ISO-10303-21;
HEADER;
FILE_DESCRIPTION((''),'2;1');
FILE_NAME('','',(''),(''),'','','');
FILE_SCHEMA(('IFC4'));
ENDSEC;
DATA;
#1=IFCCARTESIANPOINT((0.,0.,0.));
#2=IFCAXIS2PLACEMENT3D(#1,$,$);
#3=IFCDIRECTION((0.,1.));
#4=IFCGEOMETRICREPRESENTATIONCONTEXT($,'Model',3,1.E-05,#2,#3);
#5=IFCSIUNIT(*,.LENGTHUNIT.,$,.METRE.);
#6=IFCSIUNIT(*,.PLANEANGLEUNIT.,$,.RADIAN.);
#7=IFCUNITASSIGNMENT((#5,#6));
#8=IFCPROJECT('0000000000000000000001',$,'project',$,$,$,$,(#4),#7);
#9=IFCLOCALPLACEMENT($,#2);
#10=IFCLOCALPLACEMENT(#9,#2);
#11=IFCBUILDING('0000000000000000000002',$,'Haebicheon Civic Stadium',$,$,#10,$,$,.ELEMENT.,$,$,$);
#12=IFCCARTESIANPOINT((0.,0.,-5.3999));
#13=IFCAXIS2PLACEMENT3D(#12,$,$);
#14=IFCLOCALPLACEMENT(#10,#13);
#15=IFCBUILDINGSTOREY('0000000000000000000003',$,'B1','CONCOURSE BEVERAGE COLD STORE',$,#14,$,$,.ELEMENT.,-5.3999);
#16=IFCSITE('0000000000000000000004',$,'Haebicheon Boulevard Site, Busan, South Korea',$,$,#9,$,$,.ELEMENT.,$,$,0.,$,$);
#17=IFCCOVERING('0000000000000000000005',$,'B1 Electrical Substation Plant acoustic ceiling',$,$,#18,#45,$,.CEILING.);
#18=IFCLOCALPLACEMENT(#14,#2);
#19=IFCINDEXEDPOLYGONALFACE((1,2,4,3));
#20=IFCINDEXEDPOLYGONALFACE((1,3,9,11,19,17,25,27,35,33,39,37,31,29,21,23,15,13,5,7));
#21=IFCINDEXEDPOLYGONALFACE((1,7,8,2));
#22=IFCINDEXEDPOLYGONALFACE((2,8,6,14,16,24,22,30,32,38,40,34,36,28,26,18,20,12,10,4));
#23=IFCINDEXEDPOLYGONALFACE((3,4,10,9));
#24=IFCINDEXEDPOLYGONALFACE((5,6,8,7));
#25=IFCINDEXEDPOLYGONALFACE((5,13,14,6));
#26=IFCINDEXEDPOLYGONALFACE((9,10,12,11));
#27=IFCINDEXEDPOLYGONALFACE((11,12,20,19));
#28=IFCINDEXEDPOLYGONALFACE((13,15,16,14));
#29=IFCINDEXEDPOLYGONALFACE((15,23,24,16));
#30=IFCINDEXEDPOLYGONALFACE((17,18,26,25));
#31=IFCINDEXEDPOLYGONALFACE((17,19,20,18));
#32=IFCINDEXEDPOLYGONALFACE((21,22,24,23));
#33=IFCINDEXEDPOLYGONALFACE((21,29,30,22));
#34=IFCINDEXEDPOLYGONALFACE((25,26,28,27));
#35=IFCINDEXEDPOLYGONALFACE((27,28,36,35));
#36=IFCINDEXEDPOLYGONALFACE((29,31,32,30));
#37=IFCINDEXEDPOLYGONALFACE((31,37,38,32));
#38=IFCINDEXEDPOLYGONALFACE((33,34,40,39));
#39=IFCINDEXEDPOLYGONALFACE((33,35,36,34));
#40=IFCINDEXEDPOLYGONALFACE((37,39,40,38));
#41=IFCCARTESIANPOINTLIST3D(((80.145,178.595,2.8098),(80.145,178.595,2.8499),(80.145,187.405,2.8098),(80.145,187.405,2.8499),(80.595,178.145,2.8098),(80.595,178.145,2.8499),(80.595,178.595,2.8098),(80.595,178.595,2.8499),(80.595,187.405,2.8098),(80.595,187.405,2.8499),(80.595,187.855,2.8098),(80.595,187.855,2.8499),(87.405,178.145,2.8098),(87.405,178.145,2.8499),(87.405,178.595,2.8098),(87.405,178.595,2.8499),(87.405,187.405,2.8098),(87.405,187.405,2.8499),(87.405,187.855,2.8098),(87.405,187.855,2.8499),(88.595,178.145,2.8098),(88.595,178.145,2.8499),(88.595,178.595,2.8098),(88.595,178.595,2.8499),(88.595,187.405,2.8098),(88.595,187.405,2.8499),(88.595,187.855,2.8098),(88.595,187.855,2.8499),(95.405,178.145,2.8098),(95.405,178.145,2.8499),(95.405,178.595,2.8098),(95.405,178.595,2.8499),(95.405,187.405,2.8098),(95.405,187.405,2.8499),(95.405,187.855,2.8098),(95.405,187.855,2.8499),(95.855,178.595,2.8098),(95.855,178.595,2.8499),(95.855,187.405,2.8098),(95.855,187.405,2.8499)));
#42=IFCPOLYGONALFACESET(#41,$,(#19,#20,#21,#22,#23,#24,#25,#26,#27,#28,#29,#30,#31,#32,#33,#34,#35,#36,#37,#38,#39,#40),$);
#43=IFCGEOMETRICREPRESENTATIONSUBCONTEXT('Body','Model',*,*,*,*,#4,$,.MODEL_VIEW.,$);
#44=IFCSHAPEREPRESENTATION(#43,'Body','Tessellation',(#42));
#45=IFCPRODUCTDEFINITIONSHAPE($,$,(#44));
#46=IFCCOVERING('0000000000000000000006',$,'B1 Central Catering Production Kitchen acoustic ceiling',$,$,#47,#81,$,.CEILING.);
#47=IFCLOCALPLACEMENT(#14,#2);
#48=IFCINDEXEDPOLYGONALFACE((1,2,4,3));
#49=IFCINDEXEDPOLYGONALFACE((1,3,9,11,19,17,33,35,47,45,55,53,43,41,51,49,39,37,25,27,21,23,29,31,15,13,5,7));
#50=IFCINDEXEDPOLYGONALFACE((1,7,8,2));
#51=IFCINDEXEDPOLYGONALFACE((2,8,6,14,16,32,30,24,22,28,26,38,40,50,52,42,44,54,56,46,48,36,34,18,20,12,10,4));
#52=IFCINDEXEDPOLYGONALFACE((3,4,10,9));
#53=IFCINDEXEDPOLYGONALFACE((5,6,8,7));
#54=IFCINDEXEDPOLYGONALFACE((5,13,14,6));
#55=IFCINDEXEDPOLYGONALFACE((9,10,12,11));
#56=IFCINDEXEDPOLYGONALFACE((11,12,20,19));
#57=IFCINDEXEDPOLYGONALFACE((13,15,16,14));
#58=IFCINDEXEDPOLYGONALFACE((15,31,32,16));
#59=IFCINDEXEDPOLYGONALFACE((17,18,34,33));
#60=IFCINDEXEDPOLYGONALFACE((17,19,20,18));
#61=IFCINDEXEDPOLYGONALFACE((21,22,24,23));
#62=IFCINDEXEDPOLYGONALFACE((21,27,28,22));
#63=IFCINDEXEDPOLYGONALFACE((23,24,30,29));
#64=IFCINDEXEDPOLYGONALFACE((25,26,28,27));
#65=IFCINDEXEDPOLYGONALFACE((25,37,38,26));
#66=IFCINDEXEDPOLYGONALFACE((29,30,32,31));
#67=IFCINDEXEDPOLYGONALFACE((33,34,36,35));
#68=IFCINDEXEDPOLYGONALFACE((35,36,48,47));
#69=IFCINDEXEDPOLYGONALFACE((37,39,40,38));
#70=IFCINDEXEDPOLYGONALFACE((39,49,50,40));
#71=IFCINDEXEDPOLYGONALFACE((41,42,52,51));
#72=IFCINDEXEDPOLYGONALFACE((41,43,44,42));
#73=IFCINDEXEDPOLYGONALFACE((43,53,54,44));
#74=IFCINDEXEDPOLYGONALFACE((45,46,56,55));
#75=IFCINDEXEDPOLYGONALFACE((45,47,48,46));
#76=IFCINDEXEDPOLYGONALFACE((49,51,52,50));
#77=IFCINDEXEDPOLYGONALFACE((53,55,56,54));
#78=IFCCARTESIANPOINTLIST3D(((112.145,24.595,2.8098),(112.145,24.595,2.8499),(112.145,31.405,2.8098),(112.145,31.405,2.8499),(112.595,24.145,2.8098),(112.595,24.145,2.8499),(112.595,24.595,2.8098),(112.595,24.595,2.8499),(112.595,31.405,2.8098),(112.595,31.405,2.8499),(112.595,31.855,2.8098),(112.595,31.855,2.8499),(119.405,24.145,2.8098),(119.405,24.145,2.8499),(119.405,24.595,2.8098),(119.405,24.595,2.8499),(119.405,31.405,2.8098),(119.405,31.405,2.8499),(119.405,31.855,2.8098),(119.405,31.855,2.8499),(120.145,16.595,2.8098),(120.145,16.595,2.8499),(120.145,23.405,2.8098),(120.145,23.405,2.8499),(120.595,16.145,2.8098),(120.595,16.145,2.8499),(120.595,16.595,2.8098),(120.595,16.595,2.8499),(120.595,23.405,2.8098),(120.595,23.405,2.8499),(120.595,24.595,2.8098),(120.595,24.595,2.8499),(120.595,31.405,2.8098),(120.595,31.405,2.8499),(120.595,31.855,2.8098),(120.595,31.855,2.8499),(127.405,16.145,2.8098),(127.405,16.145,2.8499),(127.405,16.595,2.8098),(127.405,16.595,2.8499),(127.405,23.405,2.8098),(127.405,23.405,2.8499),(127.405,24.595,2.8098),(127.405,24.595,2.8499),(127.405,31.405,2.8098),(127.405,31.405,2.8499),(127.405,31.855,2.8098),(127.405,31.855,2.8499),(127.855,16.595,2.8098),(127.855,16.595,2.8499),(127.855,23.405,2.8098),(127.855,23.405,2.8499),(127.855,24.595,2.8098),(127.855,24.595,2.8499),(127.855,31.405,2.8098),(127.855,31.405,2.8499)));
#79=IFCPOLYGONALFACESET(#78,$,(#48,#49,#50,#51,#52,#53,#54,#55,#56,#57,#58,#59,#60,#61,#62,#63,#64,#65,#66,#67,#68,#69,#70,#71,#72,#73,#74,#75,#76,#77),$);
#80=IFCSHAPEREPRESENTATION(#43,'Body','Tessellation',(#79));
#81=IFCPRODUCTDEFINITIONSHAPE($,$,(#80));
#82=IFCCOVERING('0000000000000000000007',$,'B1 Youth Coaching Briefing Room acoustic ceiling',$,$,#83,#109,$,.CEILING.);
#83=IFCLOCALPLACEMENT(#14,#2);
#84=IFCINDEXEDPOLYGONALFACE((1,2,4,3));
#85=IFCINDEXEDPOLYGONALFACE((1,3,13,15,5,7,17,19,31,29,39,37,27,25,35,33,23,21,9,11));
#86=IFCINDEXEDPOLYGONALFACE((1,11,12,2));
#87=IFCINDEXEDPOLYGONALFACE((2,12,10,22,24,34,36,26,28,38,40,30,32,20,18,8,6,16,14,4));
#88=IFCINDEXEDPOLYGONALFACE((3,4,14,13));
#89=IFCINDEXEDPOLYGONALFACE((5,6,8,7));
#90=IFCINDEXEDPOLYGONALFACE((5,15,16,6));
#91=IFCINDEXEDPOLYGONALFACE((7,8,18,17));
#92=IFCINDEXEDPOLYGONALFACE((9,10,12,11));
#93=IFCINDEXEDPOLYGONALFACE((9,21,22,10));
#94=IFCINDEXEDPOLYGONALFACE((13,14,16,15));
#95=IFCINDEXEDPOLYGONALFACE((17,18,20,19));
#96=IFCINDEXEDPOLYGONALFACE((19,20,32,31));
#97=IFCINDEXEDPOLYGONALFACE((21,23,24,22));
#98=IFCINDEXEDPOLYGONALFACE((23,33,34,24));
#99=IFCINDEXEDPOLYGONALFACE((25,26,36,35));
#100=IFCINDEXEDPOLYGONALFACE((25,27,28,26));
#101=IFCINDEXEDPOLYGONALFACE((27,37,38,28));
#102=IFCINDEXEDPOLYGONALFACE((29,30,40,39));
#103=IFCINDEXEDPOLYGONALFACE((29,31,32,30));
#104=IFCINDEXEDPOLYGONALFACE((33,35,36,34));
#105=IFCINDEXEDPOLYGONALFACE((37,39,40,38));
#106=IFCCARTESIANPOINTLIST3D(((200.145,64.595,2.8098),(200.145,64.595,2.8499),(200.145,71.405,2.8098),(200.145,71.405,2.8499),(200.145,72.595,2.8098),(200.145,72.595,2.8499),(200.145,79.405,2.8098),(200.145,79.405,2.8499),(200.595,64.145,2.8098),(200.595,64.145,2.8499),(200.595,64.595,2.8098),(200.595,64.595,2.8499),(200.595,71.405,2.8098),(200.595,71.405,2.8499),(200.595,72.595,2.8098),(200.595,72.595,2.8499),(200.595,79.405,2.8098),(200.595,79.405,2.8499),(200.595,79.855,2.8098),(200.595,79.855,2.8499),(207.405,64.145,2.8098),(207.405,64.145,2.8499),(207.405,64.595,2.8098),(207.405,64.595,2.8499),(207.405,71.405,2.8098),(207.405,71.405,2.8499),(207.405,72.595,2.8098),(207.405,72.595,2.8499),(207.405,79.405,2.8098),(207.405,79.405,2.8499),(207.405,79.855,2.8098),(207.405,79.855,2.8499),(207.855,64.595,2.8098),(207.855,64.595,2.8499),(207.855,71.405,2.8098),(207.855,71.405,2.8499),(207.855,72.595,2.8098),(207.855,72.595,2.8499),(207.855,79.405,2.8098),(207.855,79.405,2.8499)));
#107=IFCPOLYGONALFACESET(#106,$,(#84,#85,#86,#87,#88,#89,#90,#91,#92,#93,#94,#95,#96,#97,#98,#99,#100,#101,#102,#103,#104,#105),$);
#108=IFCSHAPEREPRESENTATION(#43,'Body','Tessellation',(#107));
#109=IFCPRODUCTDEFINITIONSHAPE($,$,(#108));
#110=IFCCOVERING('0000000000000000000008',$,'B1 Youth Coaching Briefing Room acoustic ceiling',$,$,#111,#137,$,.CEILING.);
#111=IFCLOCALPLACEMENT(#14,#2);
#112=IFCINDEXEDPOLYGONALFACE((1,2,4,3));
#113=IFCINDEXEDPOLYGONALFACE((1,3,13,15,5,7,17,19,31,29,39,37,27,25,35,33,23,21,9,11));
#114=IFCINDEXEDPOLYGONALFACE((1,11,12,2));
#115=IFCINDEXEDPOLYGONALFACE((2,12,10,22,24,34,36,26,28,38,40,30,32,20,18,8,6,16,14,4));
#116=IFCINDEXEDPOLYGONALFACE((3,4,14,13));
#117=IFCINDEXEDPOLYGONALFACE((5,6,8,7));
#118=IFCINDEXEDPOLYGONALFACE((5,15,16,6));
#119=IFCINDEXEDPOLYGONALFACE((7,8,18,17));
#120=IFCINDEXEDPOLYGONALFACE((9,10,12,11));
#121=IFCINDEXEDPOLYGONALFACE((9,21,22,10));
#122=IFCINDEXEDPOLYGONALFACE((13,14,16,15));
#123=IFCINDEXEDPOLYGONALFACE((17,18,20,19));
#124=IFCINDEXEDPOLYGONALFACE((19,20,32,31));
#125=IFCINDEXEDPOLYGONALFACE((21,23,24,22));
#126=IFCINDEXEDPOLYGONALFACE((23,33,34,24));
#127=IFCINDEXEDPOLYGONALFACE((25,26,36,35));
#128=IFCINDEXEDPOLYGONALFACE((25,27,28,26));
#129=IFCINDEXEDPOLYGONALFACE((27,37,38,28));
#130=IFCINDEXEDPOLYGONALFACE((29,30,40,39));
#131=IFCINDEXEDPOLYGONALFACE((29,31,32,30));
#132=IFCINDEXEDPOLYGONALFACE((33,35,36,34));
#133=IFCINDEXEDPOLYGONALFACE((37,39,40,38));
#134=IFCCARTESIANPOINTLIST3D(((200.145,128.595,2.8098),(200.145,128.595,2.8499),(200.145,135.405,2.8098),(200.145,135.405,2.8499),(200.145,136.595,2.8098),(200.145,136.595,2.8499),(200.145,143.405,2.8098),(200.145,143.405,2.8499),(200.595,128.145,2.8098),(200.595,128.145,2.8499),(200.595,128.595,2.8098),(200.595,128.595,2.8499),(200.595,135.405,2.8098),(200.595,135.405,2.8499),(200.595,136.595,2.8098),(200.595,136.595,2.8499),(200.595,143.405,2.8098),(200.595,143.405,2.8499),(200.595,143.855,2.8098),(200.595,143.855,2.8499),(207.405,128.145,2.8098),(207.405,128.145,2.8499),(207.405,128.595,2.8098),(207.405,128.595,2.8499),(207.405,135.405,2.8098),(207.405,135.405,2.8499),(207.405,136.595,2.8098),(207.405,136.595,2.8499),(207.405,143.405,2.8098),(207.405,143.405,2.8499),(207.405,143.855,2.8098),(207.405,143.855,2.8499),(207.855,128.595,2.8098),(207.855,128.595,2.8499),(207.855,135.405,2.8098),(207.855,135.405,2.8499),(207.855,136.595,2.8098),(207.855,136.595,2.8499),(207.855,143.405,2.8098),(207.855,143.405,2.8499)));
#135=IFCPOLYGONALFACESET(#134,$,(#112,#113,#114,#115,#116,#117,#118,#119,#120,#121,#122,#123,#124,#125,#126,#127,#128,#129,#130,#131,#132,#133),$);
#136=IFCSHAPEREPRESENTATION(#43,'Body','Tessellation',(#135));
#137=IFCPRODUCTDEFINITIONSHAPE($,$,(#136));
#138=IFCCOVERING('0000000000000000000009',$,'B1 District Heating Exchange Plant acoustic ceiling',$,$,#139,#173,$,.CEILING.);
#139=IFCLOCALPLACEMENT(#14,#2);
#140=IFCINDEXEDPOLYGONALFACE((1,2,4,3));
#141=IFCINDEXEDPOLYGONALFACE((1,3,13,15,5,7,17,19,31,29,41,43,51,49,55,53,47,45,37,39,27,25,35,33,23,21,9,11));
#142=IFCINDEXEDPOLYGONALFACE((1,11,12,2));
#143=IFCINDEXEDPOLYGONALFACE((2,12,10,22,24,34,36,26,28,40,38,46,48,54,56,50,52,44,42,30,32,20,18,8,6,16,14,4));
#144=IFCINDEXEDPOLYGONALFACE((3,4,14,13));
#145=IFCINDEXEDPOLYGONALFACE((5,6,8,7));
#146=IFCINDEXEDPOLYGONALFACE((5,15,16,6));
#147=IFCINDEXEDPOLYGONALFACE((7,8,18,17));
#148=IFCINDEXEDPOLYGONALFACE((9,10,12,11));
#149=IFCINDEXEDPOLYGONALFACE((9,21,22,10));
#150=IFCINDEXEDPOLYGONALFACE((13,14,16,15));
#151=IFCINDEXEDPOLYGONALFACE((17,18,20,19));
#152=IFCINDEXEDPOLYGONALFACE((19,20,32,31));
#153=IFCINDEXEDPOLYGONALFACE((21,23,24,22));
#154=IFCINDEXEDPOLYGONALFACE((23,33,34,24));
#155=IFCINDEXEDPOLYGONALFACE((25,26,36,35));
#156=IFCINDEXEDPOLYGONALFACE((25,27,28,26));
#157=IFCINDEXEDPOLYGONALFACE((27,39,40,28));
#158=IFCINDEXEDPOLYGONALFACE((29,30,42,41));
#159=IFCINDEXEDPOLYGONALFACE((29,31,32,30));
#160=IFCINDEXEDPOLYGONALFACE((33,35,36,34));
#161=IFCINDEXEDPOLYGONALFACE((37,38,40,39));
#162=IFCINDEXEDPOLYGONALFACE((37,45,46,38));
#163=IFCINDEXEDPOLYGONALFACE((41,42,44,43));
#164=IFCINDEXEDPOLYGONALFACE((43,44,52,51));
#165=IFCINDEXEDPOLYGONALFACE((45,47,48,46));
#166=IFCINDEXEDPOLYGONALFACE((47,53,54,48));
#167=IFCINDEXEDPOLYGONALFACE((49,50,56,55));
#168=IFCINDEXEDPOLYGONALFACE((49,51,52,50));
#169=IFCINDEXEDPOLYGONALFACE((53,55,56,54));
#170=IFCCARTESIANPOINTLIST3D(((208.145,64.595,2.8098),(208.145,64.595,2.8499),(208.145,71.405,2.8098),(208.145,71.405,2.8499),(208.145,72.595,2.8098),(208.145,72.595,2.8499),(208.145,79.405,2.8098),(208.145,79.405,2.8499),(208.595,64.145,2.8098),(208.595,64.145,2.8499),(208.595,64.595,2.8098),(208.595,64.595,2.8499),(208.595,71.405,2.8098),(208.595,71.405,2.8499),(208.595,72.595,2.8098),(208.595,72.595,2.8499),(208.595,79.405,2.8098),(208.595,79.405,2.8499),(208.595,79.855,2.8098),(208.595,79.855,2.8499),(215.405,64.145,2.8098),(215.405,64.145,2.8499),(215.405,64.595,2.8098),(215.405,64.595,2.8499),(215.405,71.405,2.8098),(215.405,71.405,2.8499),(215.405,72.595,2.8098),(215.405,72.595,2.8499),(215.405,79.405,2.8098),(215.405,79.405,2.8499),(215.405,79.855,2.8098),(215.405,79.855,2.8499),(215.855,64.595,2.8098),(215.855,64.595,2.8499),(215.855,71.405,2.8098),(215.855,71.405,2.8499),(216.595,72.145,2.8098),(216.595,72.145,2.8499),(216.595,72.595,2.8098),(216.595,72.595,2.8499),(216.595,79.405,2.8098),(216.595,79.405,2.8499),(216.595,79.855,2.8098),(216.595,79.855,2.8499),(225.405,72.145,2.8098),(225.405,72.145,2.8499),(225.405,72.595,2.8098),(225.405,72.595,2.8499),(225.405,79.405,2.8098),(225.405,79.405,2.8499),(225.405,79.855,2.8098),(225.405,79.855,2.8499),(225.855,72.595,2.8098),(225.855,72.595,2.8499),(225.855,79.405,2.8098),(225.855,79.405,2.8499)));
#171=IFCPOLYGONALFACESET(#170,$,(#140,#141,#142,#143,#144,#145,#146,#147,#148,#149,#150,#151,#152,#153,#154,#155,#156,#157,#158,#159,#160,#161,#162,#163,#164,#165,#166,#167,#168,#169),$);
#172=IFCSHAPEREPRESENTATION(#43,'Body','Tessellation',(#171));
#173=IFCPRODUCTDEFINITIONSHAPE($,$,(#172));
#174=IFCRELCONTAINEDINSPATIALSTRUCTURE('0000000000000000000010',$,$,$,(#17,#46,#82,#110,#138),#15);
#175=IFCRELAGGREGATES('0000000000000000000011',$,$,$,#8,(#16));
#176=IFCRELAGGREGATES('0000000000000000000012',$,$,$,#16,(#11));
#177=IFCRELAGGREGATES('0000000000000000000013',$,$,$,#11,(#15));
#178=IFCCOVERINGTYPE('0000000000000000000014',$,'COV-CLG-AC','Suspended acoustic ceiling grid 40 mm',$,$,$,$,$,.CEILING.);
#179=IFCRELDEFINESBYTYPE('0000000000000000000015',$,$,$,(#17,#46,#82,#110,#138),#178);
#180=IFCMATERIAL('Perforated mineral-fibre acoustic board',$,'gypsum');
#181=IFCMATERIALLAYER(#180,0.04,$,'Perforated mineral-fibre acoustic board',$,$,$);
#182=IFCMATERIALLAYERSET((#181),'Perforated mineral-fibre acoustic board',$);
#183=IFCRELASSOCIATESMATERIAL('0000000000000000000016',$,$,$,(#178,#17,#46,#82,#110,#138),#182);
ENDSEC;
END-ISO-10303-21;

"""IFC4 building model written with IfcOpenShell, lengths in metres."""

from ifc_helpers import new_model, si_unit, direction, frame, origin, place, context, subcontext, project, spatial, polyline, outline, extrude, material, layer, layer_set, type_object, element, save


model = new_model("IFC4")

# Units and contexts
model_context = context("Model", 3, precision=1e-05, world=origin(), true_north=direction((0.0, 1.0)))
body_context = subcontext(model_context, "Body", "Model", "MODEL_VIEW")
ifc_project = project(units=[si_unit("LENGTHUNIT", "METRE"), si_unit("PLANEANGLEUNIT", "RADIAN")], contexts=[model_context])

# Site, building, storey
site_placement = place(None, origin())
site = spatial("IfcSite", under=ifc_project, at=site_placement, Name="Haebicheon Boulevard Site, Busan, South Korea", CompositionType="ELEMENT", RefElevation=0.0)
building_placement = place(site_placement, origin())
building = spatial("IfcBuilding", under=site, at=building_placement, Name="Haebicheon Civic Stadium", CompositionType="ELEMENT")
storey_placement = place(building_placement, frame((0.0, 0.0, -5.3999)))
storey = spatial("IfcBuildingStorey", under=building, at=storey_placement, Name="B1", Description="CONCOURSE BEVERAGE COLD STORE", CompositionType="ELEMENT", Elevation=-5.3999)

# Coverings
ifc_material_1 = material(Name="Perforated mineral-fibre acoustic board", Category="gypsum")
ifc_layer_1 = layer(ifc_material_1, 0.04, Name="Perforated mineral-fibre acoustic board")
ifc_layer_set_1 = layer_set([ifc_layer_1], Name="Perforated mineral-fibre acoustic board")
covering_type_1 = type_object("IfcCoveringType", Name="COV-CLG-AC", Description="Suspended acoustic ceiling grid 40 mm", PredefinedType="CEILING", material=ifc_layer_set_1)
covering_1_placement = place(storey_placement, frame((0.0, 0.0, 2.8098)))
element("IfcCovering", 1, at=covering_1_placement, inside=storey, type_object=covering_type_1, material=ifc_layer_set_1, Name="B1 Electrical Substation Plant acoustic ceiling", PredefinedType="CEILING", context=body_context, shape_type="SweptSolid", body=[
    extrude(outline(polyline([(80.145, 187.405), (80.595, 187.405), (80.595, 187.855), (87.405, 187.855), (87.405, 187.405), (88.595, 187.405), (88.595, 187.855), (95.405, 187.855), (95.405, 187.405), (95.855, 187.405), (95.855, 178.595), (95.405, 178.595), (95.405, 178.145), (88.595, 178.145), (88.595, 178.595), (87.405, 178.595), (87.405, 178.145), (80.595, 178.145), (80.595, 178.595), (80.145, 178.595), (80.145, 187.405)])), origin(), (0.0, 0.0, 1.0), 0.04),
])
covering_2_placement = place(storey_placement, frame((0.0, 0.0, 2.8098)))
element("IfcCovering", 2, at=covering_2_placement, inside=storey, type_object=covering_type_1, material=ifc_layer_set_1, Name="B1 Central Catering Production Kitchen acoustic ceiling", PredefinedType="CEILING", context=body_context, shape_type="SweptSolid", body=[
    extrude(outline(polyline([(120.595, 16.145), (120.595, 16.595), (120.145, 16.595), (120.145, 23.405), (120.595, 23.405), (120.595, 24.595), (119.405, 24.595), (119.405, 24.145), (112.595, 24.145), (112.595, 24.595), (112.145, 24.595), (112.145, 31.405), (112.595, 31.405), (112.595, 31.855), (119.405, 31.855), (119.405, 31.405), (120.595, 31.405), (120.595, 31.855), (127.405, 31.855), (127.405, 31.405), (127.855, 31.405), (127.855, 24.595), (127.405, 24.595), (127.405, 23.405), (127.855, 23.405), (127.855, 16.595), (127.405, 16.595), (127.405, 16.145), (120.595, 16.145)])), origin(), (0.0, 0.0, 1.0), 0.04),
])
covering_3_placement = place(storey_placement, frame((0.0, 0.0, 2.8098)))
element("IfcCovering", 3, at=covering_3_placement, inside=storey, type_object=covering_type_1, material=ifc_layer_set_1, Name="B1 Youth Coaching Briefing Room acoustic ceiling", PredefinedType="CEILING", context=body_context, shape_type="SweptSolid", body=[
    extrude(outline(polyline([(200.595, 64.145), (200.595, 64.595), (200.145, 64.595), (200.145, 71.405), (200.595, 71.405), (200.595, 72.595), (200.145, 72.595), (200.145, 79.405), (200.595, 79.405), (200.595, 79.855), (207.405, 79.855), (207.405, 79.405), (207.855, 79.405), (207.855, 72.595), (207.405, 72.595), (207.405, 71.405), (207.855, 71.405), (207.855, 64.595), (207.405, 64.595), (207.405, 64.145), (200.595, 64.145)])), origin(), (0.0, 0.0, 1.0), 0.04),
])
covering_4_placement = place(storey_placement, frame((0.0, 0.0, 2.8098)))
element("IfcCovering", 4, at=covering_4_placement, inside=storey, type_object=covering_type_1, material=ifc_layer_set_1, Name="B1 Youth Coaching Briefing Room acoustic ceiling", PredefinedType="CEILING", context=body_context, shape_type="SweptSolid", body=[
    extrude(outline(polyline([(200.595, 128.145), (200.595, 128.595), (200.145, 128.595), (200.145, 135.405), (200.595, 135.405), (200.595, 136.595), (200.145, 136.595), (200.145, 143.405), (200.595, 143.405), (200.595, 143.855), (207.405, 143.855), (207.405, 143.405), (207.855, 143.405), (207.855, 136.595), (207.405, 136.595), (207.405, 135.405), (207.855, 135.405), (207.855, 128.595), (207.405, 128.595), (207.405, 128.145), (200.595, 128.145)])), origin(), (0.0, 0.0, 1.0), 0.04),
])
covering_5_placement = place(storey_placement, frame((0.0, 0.0, 2.8098)))
element("IfcCovering", 5, at=covering_5_placement, inside=storey, type_object=covering_type_1, material=ifc_layer_set_1, Name="B1 District Heating Exchange Plant acoustic ceiling", PredefinedType="CEILING", context=body_context, shape_type="SweptSolid", body=[
    extrude(outline(polyline([(208.595, 64.145), (208.595, 64.595), (208.145, 64.595), (208.145, 71.405), (208.595, 71.405), (208.595, 72.595), (208.145, 72.595), (208.145, 79.405), (208.595, 79.405), (208.595, 79.855), (215.405, 79.855), (215.405, 79.405), (216.595, 79.405), (216.595, 79.855), (225.405, 79.855), (225.405, 79.405), (225.855, 79.405), (225.855, 72.595), (225.405, 72.595), (225.405, 72.145), (216.595, 72.145), (216.595, 72.595), (215.405, 72.595), (215.405, 71.405), (215.855, 71.405), (215.855, 64.595), (215.405, 64.595), (215.405, 64.145), (208.595, 64.145)])), origin(), (0.0, 0.0, 1.0), 0.04),
])

save(model, "model.ifc")
